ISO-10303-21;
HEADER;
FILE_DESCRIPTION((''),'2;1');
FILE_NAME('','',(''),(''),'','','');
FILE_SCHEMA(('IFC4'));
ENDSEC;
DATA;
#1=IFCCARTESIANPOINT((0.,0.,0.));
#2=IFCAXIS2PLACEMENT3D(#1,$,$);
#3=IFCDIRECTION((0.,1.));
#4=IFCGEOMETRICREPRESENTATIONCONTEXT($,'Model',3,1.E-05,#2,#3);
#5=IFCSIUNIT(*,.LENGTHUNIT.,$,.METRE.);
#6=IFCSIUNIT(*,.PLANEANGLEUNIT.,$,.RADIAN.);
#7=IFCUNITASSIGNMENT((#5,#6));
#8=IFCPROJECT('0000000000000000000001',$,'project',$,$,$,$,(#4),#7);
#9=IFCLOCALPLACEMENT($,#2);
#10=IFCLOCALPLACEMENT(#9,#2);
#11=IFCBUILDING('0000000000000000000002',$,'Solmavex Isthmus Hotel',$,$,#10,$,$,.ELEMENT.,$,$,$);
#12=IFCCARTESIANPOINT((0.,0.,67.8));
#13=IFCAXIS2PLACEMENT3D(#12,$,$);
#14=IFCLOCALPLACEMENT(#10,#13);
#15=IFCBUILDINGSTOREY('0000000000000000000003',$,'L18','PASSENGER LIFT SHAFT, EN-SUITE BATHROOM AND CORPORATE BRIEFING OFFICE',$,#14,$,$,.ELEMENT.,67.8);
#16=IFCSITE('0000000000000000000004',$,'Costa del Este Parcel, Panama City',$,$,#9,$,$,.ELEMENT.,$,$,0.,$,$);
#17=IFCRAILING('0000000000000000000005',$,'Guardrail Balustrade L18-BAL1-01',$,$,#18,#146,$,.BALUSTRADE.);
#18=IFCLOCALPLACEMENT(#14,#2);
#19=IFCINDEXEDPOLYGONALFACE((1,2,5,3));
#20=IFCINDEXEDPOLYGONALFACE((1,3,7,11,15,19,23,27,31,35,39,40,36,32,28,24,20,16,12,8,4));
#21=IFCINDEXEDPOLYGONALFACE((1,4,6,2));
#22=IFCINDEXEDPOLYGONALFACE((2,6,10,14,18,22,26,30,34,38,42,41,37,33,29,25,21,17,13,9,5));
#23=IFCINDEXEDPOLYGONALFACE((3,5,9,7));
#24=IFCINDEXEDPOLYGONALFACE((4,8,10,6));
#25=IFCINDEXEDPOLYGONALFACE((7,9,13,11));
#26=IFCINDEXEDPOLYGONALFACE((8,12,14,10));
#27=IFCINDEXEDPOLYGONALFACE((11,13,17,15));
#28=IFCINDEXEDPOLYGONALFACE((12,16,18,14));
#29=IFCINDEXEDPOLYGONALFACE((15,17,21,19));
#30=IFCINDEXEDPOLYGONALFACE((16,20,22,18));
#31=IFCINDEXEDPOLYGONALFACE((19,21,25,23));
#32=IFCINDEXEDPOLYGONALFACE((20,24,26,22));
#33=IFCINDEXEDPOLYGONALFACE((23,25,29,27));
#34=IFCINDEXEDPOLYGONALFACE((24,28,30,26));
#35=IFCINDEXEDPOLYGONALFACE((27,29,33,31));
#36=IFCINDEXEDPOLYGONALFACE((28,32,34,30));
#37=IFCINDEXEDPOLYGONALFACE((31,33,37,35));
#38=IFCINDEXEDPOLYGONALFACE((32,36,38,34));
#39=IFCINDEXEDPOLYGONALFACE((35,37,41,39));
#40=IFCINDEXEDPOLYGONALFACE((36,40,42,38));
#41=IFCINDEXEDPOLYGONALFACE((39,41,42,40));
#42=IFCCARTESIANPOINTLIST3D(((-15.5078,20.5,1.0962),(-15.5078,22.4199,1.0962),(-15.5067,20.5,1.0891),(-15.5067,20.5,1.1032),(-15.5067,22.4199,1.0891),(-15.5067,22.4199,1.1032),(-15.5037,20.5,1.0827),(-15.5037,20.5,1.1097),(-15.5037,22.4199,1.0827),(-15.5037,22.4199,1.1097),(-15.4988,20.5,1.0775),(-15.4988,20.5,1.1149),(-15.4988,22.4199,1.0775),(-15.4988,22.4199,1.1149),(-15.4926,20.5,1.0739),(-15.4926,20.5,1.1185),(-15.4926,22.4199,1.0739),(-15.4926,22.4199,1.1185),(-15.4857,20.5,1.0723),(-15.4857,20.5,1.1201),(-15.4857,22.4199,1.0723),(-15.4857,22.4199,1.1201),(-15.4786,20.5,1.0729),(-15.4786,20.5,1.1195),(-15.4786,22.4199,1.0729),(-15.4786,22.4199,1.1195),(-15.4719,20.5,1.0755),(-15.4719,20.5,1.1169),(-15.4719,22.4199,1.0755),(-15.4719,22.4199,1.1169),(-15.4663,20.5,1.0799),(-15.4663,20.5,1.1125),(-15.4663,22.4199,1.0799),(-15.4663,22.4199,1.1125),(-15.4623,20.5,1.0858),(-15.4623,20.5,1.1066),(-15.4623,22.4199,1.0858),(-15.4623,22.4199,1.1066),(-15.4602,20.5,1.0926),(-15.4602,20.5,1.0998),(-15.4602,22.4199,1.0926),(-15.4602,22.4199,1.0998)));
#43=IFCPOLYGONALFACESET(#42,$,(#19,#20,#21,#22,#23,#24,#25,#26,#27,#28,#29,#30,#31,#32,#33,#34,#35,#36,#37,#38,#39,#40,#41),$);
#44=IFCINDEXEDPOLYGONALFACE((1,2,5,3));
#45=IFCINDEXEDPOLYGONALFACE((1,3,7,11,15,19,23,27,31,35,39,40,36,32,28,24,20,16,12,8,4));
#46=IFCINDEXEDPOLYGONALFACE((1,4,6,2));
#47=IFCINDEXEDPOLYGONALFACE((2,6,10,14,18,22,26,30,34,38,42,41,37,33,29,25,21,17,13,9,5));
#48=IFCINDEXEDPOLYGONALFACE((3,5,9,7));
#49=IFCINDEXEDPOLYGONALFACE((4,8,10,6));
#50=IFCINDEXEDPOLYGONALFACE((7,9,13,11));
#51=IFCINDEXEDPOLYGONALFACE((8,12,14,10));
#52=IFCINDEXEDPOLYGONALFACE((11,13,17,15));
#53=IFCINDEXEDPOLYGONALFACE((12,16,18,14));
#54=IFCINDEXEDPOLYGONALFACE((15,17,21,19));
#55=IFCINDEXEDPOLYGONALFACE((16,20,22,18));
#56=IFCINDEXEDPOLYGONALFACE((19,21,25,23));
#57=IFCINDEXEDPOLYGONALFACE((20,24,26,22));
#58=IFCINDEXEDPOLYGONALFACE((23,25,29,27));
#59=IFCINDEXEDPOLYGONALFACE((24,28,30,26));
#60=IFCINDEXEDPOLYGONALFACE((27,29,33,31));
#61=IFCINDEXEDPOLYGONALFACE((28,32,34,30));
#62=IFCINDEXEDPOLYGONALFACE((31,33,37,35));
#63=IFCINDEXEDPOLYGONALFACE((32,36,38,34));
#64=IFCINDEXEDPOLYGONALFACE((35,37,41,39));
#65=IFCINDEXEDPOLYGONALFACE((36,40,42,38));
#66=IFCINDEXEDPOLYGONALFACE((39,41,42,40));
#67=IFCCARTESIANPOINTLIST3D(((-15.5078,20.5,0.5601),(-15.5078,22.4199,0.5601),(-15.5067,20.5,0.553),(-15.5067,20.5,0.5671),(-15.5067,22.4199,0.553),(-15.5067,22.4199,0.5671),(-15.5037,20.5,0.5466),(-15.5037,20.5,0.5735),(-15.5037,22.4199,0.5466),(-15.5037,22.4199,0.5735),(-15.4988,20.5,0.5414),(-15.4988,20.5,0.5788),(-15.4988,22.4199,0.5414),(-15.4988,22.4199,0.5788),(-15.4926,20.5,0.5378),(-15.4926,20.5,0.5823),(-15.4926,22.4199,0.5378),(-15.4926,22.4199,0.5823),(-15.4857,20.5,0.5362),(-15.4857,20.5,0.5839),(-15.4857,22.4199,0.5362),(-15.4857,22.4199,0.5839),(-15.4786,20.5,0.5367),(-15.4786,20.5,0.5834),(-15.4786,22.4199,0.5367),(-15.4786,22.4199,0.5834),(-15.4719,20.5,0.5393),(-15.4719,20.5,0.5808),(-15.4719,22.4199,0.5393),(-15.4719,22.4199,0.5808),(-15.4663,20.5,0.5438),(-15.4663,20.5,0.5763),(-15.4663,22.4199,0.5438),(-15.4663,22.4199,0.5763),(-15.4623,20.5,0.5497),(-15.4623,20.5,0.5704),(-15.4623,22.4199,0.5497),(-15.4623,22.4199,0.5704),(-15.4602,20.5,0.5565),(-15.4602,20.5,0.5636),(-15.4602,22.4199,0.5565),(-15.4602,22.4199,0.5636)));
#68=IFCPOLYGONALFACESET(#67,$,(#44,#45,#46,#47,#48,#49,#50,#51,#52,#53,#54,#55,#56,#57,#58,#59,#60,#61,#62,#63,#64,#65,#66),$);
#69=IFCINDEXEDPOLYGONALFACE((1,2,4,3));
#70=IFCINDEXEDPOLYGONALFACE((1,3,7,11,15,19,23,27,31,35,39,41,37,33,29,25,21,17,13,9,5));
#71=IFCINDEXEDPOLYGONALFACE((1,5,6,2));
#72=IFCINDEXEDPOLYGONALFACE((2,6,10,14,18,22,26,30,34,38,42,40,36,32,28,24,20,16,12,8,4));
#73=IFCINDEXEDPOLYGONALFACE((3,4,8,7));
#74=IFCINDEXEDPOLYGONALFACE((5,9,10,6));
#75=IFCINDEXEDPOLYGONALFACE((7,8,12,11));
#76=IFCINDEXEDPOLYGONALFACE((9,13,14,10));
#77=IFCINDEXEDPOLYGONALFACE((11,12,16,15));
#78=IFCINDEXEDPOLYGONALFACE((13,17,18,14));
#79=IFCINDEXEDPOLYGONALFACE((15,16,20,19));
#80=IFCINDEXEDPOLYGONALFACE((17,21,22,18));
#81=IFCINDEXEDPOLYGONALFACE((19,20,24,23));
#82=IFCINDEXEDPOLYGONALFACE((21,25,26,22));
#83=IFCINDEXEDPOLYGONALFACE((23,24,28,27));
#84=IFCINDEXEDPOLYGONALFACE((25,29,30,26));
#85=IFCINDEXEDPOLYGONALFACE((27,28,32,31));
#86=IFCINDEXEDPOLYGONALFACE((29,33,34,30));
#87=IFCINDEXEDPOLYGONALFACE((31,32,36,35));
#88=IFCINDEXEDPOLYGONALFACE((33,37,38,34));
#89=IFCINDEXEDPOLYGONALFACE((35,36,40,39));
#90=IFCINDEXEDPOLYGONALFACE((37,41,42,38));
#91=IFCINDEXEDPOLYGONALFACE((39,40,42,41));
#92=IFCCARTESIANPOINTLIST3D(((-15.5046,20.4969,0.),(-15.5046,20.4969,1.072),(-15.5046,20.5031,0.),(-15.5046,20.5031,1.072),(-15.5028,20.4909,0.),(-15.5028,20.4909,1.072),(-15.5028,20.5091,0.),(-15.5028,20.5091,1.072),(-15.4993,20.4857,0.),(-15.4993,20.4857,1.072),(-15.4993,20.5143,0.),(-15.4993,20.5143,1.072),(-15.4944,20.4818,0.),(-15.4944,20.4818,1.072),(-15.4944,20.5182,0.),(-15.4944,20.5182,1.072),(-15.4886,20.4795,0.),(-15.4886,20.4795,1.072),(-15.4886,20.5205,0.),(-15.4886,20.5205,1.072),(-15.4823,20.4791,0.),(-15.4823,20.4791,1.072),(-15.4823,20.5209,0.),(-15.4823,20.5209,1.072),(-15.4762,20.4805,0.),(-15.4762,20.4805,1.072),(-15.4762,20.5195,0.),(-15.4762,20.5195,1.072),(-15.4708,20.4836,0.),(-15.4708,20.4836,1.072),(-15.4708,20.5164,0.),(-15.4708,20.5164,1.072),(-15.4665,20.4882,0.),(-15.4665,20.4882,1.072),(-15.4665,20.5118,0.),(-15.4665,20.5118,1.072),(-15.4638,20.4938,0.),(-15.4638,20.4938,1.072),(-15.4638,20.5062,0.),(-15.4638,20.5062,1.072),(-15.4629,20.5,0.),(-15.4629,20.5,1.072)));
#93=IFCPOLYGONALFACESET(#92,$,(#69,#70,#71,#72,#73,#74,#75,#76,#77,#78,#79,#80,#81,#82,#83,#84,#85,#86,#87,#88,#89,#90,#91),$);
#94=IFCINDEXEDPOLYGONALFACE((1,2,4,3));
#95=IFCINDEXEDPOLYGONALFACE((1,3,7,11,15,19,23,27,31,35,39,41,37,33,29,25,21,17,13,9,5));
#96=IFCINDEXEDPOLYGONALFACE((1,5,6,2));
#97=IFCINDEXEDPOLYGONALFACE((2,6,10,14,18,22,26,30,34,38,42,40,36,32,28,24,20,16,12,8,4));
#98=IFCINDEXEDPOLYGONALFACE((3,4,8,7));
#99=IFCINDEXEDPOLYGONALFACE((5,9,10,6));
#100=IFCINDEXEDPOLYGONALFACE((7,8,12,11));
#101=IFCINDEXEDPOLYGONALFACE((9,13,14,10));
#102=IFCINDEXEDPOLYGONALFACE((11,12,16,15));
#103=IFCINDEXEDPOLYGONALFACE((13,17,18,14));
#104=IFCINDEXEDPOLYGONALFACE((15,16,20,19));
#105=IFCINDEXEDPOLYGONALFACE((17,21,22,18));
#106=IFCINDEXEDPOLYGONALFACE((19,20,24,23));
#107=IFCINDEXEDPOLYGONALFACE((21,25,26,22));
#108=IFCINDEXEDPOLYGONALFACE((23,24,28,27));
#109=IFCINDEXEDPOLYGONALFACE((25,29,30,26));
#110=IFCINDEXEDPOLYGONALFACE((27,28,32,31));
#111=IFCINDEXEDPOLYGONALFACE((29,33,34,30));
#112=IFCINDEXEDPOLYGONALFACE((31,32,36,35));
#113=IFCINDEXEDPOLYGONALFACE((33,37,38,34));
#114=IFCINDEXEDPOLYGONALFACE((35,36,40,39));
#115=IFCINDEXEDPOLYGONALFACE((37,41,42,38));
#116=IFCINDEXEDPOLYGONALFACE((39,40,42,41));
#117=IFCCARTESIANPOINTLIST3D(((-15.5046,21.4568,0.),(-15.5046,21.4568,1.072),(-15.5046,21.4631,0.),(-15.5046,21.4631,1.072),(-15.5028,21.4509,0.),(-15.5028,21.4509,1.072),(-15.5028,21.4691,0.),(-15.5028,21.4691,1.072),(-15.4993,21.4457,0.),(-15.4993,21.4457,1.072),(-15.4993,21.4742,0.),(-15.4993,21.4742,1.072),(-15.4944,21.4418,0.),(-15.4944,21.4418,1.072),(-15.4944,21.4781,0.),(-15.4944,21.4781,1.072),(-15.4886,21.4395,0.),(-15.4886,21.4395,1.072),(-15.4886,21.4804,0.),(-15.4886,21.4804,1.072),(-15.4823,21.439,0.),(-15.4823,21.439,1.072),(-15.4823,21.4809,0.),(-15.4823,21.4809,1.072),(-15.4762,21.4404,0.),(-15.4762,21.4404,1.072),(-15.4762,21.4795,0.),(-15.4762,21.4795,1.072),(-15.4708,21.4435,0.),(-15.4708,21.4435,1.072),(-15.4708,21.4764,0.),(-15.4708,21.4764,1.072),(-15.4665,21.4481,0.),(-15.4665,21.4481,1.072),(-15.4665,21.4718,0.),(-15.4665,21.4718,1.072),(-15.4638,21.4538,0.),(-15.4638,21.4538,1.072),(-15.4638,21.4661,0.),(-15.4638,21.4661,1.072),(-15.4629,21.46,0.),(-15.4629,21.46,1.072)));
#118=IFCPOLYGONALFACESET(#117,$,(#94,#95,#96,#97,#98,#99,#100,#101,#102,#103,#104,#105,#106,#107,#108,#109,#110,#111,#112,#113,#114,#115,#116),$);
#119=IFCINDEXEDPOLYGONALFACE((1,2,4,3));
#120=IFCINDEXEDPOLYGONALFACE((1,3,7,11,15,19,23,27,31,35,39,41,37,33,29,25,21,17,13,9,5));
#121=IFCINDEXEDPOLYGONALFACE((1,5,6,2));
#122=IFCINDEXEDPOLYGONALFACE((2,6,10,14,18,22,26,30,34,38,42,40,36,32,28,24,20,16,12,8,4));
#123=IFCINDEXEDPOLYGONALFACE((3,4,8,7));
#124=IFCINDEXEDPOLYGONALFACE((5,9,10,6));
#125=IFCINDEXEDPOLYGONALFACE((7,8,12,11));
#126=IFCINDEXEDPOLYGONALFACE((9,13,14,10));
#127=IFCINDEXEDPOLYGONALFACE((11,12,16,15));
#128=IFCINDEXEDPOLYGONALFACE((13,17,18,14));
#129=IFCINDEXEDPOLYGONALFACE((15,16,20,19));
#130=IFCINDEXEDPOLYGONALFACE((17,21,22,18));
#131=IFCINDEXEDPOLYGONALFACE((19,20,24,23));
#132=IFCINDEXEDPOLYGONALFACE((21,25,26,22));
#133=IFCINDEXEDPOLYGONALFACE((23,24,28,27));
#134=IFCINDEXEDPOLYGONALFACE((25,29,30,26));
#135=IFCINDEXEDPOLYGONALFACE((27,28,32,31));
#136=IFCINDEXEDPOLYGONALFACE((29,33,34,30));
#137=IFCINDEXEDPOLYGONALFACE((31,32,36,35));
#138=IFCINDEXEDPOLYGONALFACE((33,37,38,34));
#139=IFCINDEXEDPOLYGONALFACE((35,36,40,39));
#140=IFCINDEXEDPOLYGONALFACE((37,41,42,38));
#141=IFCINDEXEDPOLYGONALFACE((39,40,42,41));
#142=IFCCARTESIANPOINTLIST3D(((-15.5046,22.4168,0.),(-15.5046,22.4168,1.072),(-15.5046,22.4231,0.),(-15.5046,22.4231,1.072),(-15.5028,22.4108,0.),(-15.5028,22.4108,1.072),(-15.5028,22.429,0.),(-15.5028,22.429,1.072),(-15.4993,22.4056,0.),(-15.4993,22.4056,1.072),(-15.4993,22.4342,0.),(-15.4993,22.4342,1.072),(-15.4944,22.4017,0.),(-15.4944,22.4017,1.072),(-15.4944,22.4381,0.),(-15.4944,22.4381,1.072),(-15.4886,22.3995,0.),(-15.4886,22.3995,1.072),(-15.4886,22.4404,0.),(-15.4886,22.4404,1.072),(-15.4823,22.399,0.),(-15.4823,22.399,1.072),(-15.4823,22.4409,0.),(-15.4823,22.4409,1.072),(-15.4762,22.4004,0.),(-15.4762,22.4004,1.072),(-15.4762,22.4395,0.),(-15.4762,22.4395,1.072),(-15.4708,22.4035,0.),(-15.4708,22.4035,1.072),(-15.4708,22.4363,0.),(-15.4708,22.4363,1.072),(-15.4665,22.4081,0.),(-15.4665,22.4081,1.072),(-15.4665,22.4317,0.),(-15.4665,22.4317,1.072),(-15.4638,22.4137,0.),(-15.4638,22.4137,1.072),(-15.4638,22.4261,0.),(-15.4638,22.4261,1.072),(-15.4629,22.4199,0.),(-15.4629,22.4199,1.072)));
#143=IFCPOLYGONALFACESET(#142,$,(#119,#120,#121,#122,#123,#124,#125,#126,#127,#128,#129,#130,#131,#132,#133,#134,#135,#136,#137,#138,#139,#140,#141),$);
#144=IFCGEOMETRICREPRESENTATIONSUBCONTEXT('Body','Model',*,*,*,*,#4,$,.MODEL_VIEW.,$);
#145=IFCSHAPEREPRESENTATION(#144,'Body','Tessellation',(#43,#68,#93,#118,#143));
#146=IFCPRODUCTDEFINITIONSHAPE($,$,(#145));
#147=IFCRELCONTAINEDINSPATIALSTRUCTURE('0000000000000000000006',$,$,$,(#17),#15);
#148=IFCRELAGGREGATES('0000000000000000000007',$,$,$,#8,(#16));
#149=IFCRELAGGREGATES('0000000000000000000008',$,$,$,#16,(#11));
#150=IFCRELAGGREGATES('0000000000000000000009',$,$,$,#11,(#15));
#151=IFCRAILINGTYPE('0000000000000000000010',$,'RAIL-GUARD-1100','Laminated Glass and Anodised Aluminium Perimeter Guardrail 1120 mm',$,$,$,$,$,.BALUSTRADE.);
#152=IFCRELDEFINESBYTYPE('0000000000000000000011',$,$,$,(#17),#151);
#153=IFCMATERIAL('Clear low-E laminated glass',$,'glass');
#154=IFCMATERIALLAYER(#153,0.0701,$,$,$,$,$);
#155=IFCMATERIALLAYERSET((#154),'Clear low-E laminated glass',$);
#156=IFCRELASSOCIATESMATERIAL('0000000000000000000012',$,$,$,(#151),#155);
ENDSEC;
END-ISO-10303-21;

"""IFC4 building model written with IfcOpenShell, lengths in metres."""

from ifc_helpers import new_model, si_unit, direction, frame, origin, origin_2d, place, context, subcontext, project, spatial, circle, extrude, material, layer, layer_set, type_object, element, save


model = new_model("IFC4")

# Units and contexts
model_context = context("Model", 3, precision=1e-05, world=origin(), true_north=direction((0.0, 1.0)))
body_context = subcontext(model_context, "Body", "Model", "MODEL_VIEW")
ifc_project = project(units=[si_unit("LENGTHUNIT", "METRE"), si_unit("PLANEANGLEUNIT", "RADIAN")], contexts=[model_context])

# Site, building, storey
site_placement = place(None, origin())
site = spatial("IfcSite", under=ifc_project, at=site_placement, Name="Costa del Este Parcel, Panama City", CompositionType="ELEMENT", RefElevation=0.0)
building_placement = place(site_placement, origin())
building = spatial("IfcBuilding", under=site, at=building_placement, Name="Solmavex Isthmus Hotel", CompositionType="ELEMENT")
storey_placement = place(building_placement, frame((0.0, 0.0, 67.8)))
storey = spatial("IfcBuildingStorey", under=building, at=storey_placement, Name="L18", Description="PASSENGER LIFT SHAFT, EN-SUITE BATHROOM AND CORPORATE BRIEFING OFFICE", CompositionType="ELEMENT", Elevation=67.8)

# Shared definitions
ifc_material_1 = material(Name="Clear low-E laminated glass", Category="glass")

# Railing
ifc_layer_1 = layer(ifc_material_1, 0.0701)
ifc_layer_set_1 = layer_set([ifc_layer_1], Name="Clear low-E laminated glass")
railing_type = type_object("IfcRailingType", Name="RAIL-GUARD-1100", Description="Laminated Glass and Anodised Aluminium Perimeter Guardrail 1120 mm", PredefinedType="BALUSTRADE", material=ifc_layer_set_1)
railing_1_placement = place(storey_placement, frame((-15.4839, 20.5, 0.0)))
element("IfcRailing", 1, at=railing_1_placement, inside=storey, type_object=railing_type, Name="Guardrail Balustrade L18-BAL1-01", PredefinedType="BALUSTRADE", context=body_context, shape_type="SweptSolid", body=[
    extrude(circle(Radius=0.0239, at=origin_2d()), frame((0.0, 0.0, 1.0962), z_axis=(0.0, 1.0, 0.0), x_axis=(-1.0, 0.0, 0.0)), (0.0, 0.0, 1.0), 1.9199),
    extrude(circle(Radius=0.0239, at=origin_2d()), frame((0.0, 0.0, 0.5601), z_axis=(0.0, 1.0, 0.0), x_axis=(-1.0, 0.0, 0.0)), (0.0, 0.0, 1.0), 1.9199),
    extrude(circle(Radius=0.021, at=origin_2d()), origin(), (0.0, 0.0, 1.0), 1.072),
    extrude(circle(Radius=0.021, at=origin_2d()), frame((0.0, 0.96, 0.0)), (0.0, 0.0, 1.0), 1.072),
    extrude(circle(Radius=0.021, at=origin_2d()), frame((0.0, 1.9199, 0.0)), (0.0, 0.0, 1.0), 1.072),
])

save(model, "model.ifc")
